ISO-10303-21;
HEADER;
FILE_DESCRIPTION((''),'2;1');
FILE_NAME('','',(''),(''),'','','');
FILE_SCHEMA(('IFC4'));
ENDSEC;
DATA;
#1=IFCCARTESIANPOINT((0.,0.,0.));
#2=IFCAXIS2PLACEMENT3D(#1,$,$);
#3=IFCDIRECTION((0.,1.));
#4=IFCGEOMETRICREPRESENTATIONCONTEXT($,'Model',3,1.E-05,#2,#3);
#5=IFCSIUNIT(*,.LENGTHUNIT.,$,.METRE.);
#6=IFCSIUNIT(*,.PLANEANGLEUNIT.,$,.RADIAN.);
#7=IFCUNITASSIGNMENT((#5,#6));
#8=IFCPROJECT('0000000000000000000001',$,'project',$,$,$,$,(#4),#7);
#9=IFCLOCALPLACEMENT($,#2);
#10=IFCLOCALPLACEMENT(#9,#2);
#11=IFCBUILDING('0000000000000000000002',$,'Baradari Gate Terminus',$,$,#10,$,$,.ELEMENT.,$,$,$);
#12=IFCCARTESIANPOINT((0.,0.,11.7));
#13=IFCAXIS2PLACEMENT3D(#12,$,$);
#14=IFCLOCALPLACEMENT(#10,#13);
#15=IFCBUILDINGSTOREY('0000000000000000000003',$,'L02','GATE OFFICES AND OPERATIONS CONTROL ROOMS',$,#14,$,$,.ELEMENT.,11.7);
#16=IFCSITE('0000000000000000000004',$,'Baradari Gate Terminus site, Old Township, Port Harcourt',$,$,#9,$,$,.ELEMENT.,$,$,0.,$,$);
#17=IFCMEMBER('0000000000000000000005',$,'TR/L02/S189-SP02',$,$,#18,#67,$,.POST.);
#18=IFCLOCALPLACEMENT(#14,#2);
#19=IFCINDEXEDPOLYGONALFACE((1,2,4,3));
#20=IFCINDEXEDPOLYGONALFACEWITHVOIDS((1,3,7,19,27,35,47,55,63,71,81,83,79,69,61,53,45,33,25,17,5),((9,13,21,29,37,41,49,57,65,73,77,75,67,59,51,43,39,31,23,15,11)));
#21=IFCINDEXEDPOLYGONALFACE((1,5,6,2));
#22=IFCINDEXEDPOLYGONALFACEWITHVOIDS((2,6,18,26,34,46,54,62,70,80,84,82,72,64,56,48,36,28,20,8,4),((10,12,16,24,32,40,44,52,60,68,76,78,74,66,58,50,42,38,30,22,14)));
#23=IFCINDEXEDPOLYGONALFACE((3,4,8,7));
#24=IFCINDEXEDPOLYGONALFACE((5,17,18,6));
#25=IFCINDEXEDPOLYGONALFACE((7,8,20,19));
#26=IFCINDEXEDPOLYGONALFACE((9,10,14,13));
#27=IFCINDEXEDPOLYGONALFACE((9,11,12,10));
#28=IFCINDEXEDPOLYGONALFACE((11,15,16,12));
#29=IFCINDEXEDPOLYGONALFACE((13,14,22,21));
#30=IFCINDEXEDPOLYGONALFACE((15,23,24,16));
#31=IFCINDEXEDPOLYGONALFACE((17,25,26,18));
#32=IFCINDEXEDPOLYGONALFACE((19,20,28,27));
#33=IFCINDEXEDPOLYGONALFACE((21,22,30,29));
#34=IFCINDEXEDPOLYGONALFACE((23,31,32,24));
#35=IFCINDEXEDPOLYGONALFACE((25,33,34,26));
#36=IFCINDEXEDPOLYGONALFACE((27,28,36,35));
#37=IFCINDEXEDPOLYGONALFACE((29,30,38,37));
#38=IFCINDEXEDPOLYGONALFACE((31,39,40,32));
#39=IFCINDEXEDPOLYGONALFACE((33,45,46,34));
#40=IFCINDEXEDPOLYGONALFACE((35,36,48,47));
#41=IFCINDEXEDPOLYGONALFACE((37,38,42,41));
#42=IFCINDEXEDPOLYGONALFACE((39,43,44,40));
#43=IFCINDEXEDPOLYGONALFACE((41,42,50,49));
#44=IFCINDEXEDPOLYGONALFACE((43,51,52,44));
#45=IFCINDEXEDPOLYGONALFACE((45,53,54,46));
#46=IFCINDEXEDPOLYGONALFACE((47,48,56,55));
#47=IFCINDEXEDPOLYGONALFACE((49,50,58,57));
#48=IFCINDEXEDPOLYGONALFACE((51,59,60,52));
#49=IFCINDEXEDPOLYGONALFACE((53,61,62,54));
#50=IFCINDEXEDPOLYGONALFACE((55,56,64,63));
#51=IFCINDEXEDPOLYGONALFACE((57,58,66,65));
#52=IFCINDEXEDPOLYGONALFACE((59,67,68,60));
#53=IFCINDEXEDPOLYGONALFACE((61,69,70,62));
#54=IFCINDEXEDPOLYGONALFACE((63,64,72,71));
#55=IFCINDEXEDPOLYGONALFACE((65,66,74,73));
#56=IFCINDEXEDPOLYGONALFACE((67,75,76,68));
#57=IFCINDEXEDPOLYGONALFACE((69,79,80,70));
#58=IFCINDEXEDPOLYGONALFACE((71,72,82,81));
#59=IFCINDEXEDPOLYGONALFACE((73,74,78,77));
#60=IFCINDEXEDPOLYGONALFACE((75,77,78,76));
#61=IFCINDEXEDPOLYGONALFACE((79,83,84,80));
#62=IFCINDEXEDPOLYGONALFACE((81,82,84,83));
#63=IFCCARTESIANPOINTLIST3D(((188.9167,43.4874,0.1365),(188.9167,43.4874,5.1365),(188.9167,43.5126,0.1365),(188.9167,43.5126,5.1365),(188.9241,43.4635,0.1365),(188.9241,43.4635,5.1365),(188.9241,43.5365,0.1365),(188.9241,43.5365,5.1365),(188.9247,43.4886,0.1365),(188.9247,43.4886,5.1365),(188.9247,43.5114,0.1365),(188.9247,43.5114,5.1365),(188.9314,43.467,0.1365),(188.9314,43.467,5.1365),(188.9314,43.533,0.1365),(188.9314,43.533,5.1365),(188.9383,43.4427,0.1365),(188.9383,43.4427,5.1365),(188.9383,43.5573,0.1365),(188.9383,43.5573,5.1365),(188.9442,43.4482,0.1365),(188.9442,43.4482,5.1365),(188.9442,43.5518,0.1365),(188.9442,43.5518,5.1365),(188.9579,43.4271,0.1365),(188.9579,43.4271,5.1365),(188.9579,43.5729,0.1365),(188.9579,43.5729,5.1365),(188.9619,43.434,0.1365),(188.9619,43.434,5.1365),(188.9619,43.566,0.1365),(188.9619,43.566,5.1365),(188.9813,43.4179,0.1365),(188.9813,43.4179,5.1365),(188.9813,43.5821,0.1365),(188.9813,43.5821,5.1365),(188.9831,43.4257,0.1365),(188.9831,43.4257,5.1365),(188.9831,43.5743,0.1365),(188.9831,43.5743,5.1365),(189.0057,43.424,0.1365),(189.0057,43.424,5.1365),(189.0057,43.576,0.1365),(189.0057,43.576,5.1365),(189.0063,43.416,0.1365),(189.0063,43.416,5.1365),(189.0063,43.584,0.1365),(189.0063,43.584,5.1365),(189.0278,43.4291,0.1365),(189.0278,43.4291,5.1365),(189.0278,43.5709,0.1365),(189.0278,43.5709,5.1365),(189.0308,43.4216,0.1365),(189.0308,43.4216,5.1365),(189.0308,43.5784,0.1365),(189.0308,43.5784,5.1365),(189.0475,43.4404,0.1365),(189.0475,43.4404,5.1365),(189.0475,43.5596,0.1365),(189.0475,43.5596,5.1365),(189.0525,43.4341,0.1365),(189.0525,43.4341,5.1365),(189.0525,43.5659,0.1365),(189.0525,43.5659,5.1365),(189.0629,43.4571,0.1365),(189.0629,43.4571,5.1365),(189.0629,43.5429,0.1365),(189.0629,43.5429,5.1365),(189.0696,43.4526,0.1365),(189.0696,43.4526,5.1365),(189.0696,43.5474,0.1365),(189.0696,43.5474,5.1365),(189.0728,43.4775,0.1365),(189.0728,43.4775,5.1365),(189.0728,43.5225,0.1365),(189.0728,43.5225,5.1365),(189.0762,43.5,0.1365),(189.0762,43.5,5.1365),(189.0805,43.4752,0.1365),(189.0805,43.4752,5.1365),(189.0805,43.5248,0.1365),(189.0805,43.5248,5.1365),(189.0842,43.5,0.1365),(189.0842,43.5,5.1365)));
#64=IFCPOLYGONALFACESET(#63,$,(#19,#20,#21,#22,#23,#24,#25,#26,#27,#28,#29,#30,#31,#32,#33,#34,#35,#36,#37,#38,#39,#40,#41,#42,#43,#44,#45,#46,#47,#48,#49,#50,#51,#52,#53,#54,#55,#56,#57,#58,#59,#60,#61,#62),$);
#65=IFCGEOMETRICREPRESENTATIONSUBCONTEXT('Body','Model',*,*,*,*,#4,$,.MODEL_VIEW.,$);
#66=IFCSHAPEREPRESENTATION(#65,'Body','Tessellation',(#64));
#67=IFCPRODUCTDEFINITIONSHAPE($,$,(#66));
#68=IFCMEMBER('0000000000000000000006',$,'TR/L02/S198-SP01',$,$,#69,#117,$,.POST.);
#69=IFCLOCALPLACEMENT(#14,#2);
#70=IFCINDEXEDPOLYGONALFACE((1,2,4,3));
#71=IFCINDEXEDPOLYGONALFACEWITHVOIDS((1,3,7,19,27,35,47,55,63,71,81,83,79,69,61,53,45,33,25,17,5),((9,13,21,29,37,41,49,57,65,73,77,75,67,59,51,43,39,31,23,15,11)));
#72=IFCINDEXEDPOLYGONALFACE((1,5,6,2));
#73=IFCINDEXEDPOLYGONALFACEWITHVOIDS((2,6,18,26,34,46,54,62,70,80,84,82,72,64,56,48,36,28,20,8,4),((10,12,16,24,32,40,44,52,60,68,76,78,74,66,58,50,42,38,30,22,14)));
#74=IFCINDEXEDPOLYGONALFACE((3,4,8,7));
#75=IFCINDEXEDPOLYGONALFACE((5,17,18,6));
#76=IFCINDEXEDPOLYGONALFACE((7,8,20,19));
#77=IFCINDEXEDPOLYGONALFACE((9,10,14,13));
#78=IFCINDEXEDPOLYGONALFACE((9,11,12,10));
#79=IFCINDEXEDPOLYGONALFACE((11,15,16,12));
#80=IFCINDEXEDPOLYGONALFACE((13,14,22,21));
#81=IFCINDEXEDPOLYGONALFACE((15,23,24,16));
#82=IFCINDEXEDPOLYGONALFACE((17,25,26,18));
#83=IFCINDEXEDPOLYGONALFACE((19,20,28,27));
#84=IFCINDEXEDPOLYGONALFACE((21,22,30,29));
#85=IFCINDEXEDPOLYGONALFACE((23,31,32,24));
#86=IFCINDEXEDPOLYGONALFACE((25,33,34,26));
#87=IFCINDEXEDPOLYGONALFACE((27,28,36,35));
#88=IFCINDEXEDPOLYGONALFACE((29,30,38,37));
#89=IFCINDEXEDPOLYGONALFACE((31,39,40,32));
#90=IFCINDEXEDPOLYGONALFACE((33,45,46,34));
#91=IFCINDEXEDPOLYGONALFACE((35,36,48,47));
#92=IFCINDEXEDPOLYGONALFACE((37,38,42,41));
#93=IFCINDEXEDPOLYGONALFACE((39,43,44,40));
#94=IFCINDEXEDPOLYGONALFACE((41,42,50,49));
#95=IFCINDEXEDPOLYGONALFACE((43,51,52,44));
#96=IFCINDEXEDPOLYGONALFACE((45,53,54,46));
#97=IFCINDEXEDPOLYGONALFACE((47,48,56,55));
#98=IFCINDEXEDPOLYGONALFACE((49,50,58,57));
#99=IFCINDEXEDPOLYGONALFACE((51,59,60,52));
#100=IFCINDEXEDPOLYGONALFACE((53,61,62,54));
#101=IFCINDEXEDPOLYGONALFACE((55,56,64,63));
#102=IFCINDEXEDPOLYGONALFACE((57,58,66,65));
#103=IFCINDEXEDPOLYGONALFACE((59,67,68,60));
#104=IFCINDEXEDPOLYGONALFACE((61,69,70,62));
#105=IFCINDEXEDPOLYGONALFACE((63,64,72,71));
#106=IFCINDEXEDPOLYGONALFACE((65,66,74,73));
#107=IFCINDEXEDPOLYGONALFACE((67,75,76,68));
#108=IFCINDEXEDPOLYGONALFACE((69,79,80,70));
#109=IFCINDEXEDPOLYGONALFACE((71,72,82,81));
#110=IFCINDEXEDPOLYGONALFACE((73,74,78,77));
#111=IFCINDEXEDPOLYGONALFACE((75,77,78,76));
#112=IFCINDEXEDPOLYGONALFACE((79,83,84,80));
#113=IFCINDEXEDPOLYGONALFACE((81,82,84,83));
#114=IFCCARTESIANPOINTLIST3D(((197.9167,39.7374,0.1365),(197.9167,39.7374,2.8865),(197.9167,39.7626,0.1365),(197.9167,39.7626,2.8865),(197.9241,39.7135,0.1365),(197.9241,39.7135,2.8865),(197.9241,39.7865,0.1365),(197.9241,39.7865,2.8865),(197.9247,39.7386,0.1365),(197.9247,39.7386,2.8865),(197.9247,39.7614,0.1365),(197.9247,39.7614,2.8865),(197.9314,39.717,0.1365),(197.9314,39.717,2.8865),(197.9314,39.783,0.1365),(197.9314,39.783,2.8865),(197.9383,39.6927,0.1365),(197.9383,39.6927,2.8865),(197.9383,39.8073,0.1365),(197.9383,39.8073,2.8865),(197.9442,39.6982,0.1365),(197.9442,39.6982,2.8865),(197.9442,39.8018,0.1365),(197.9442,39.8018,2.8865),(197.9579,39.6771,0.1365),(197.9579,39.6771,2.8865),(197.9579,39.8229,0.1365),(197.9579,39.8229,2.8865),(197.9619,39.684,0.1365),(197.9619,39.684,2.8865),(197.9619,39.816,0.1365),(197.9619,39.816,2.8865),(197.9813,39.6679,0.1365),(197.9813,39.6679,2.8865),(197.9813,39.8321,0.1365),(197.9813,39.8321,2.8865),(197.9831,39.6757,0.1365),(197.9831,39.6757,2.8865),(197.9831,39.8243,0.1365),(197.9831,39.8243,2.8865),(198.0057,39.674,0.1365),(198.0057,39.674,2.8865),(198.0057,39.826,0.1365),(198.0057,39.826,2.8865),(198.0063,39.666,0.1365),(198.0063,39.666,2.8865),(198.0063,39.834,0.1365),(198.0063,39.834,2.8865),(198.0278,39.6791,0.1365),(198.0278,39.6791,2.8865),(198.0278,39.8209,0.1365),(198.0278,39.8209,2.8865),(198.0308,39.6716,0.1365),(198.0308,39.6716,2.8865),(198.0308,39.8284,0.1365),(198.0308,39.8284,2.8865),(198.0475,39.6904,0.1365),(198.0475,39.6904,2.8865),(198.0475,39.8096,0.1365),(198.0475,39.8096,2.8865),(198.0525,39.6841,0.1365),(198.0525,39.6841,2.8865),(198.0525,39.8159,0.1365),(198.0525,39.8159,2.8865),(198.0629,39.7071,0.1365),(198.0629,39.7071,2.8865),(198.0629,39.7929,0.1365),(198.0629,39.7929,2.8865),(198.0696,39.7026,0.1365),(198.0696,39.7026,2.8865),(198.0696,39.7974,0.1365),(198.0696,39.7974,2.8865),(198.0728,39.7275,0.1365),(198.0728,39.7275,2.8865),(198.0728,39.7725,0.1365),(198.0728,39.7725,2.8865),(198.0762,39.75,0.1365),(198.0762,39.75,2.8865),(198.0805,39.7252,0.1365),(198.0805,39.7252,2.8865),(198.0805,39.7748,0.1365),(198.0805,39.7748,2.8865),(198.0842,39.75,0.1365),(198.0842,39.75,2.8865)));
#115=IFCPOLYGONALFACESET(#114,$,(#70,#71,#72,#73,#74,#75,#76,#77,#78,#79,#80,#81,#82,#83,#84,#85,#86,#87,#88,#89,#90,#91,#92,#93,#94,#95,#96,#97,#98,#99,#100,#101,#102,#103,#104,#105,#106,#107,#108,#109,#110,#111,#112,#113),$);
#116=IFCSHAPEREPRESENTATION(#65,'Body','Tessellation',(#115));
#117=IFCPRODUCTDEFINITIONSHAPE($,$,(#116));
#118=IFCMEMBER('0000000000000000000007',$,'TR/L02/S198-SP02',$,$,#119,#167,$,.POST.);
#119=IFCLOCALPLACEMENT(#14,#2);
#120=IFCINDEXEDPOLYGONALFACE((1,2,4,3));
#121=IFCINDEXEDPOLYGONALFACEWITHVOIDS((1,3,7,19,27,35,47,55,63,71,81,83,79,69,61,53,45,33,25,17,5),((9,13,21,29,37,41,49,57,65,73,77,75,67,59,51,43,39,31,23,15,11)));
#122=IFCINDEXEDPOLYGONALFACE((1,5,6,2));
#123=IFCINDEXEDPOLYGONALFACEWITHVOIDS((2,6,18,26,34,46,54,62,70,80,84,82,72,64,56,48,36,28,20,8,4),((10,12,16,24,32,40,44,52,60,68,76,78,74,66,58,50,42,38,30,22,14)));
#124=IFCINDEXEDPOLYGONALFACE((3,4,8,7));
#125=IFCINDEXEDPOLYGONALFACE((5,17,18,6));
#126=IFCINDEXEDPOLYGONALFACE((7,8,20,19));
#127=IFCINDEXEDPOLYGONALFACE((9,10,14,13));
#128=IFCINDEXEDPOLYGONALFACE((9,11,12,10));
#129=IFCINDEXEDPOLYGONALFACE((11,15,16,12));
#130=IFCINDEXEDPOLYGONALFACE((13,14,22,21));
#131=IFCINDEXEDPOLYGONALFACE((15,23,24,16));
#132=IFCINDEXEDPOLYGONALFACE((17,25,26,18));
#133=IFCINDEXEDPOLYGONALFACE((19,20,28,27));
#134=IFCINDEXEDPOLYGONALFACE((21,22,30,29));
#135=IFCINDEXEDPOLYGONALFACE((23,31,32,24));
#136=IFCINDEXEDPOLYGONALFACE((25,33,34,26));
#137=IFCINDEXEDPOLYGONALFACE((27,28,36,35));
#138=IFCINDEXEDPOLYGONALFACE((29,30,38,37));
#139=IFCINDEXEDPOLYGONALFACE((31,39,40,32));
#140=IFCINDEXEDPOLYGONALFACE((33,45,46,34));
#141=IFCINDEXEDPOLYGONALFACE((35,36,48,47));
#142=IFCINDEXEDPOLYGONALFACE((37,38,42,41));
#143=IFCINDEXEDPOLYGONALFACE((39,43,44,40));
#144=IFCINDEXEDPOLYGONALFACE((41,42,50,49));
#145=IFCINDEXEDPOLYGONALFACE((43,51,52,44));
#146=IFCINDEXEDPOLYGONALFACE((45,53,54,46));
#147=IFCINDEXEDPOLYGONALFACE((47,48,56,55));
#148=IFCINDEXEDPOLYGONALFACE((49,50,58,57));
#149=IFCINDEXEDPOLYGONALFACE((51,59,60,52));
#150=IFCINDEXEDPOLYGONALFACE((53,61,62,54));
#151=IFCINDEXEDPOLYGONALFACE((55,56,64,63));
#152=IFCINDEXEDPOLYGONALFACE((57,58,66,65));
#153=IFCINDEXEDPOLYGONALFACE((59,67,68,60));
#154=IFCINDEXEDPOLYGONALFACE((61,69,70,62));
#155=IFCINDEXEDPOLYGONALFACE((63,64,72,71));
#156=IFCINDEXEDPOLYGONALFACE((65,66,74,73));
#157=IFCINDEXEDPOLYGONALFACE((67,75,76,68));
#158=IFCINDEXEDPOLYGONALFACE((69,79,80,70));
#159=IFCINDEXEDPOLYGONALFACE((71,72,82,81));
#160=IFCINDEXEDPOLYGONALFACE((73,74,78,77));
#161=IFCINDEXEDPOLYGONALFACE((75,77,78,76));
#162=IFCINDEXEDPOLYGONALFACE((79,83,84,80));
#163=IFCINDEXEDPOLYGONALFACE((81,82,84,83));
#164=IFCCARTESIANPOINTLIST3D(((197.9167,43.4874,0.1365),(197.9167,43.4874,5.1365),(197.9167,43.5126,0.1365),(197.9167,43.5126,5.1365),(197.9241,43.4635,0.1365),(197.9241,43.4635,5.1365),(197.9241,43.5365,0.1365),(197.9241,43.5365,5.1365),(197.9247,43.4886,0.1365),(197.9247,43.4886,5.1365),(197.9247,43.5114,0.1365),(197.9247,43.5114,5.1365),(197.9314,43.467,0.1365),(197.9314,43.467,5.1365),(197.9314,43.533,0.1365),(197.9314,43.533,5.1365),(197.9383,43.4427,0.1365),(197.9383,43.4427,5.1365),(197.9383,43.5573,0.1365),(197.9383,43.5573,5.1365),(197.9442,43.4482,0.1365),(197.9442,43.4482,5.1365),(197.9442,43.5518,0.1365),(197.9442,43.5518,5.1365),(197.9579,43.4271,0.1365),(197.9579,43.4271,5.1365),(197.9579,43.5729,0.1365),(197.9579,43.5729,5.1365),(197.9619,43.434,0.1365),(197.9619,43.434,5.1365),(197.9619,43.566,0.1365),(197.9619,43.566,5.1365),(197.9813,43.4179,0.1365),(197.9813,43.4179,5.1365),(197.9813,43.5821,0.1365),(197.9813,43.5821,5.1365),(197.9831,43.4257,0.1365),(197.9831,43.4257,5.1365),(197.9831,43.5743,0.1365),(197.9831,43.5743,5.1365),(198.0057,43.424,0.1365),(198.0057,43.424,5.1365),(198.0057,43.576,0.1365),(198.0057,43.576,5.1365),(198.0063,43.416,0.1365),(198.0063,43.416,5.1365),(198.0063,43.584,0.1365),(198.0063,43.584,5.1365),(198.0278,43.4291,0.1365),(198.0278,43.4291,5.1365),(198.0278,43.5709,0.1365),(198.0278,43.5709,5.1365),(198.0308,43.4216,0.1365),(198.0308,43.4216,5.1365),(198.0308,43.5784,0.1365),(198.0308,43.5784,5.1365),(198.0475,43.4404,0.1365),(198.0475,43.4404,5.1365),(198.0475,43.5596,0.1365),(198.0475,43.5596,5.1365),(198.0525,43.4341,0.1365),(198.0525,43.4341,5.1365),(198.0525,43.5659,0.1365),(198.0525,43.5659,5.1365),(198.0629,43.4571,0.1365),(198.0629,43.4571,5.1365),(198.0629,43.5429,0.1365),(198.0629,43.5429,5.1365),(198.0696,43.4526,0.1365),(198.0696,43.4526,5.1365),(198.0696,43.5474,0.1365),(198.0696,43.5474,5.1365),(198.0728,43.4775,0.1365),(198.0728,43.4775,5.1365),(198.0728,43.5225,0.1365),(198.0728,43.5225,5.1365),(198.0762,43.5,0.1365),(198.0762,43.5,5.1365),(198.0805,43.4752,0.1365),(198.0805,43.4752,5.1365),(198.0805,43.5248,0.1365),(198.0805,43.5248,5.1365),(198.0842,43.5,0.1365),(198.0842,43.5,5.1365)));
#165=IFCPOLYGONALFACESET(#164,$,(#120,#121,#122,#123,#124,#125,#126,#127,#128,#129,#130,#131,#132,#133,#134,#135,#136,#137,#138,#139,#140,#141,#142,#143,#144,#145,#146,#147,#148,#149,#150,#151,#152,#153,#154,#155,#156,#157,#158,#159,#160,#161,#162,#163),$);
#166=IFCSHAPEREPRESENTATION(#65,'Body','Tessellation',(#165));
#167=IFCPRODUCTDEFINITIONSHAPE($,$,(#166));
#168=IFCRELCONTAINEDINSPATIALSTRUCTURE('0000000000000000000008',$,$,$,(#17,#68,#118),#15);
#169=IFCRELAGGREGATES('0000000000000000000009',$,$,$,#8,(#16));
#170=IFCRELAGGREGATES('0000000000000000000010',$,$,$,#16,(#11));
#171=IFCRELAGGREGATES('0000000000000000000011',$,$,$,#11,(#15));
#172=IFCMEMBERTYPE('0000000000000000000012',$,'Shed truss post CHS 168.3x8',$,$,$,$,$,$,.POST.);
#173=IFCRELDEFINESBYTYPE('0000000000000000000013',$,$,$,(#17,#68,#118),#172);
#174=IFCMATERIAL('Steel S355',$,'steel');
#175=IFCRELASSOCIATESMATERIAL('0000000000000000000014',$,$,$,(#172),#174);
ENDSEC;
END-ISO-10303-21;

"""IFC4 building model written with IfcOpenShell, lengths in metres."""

from ifc_helpers import new_model, si_unit, direction, frame, origin, origin_2d, place, context, subcontext, project, spatial, hollow_circle, extrude, material, material_profile, profile_set, type_object, element, save


model = new_model("IFC4")

# Units and contexts
model_context = context("Model", 3, precision=1e-05, world=origin(), true_north=direction((0.0, 1.0)))
body_context = subcontext(model_context, "Body", "Model", "MODEL_VIEW")
ifc_project = project(units=[si_unit("LENGTHUNIT", "METRE"), si_unit("PLANEANGLEUNIT", "RADIAN")], contexts=[model_context])

# Site, building, storey
site_placement = place(None, origin())
site = spatial("IfcSite", under=ifc_project, at=site_placement, Name="Baradari Gate Terminus site, Old Township, Port Harcourt", CompositionType="ELEMENT", RefElevation=0.0)
building_placement = place(site_placement, origin())
building = spatial("IfcBuilding", under=site, at=building_placement, Name="Baradari Gate Terminus", CompositionType="ELEMENT")
storey_placement = place(building_placement, frame((0.0, 0.0, 11.7)))
storey = spatial("IfcBuildingStorey", under=building, at=storey_placement, Name="L02", Description="GATE OFFICES AND OPERATIONS CONTROL ROOMS", CompositionType="ELEMENT", Elevation=11.7)

# Members
ifc_material_1 = material(Name="Steel S355", Category="steel")
ifc_material_profile_1 = material_profile(ifc_material_1, hollow_circle(Radius=0.0842, WallThickness=0.0081, at=origin_2d()), Name="CHS 168.3x8")
ifc_profile_set_1 = profile_set([ifc_material_profile_1], Name="Steel S355")
member_type_1 = type_object("IfcMemberType", Name="Shed truss post CHS 168.3x8", PredefinedType="POST", material=ifc_profile_set_1)
member_1_placement = place(storey_placement, frame((189.0, 43.5, 0.1365), z_axis=(0.0, 0.0, 1.0), x_axis=(1.0, 0.0, 0.0)))
element("IfcMember", 1, at=member_1_placement, inside=storey, type_object=member_type_1, Name="TR/L02/S189-SP02", PredefinedType="POST", context=body_context, shape_type="SweptSolid", body=[
    extrude(hollow_circle(Radius=0.0842, WallThickness=0.0081, at=origin_2d()), origin(), (0.0, 0.0, 1.0), 5.0),
])
member_2_placement = place(storey_placement, frame((198.0, 39.75, 0.1365), z_axis=(0.0, 0.0, 1.0), x_axis=(1.0, 0.0, 0.0)))
element("IfcMember", 2, at=member_2_placement, inside=storey, type_object=member_type_1, Name="TR/L02/S198-SP01", PredefinedType="POST", context=body_context, shape_type="SweptSolid", body=[
    extrude(hollow_circle(Radius=0.0842, WallThickness=0.0081, at=origin_2d()), origin(), (0.0, 0.0, 1.0), 2.75),
])
member_3_placement = place(storey_placement, frame((198.0, 43.5, 0.1365), z_axis=(0.0, 0.0, 1.0), x_axis=(1.0, 0.0, 0.0)))
element("IfcMember", 3, at=member_3_placement, inside=storey, type_object=member_type_1, Name="TR/L02/S198-SP02", PredefinedType="POST", context=body_context, shape_type="SweptSolid", body=[
    extrude(hollow_circle(Radius=0.0842, WallThickness=0.0081, at=origin_2d()), origin(), (0.0, 0.0, 1.0), 5.0),
])

save(model, "model.ifc")
